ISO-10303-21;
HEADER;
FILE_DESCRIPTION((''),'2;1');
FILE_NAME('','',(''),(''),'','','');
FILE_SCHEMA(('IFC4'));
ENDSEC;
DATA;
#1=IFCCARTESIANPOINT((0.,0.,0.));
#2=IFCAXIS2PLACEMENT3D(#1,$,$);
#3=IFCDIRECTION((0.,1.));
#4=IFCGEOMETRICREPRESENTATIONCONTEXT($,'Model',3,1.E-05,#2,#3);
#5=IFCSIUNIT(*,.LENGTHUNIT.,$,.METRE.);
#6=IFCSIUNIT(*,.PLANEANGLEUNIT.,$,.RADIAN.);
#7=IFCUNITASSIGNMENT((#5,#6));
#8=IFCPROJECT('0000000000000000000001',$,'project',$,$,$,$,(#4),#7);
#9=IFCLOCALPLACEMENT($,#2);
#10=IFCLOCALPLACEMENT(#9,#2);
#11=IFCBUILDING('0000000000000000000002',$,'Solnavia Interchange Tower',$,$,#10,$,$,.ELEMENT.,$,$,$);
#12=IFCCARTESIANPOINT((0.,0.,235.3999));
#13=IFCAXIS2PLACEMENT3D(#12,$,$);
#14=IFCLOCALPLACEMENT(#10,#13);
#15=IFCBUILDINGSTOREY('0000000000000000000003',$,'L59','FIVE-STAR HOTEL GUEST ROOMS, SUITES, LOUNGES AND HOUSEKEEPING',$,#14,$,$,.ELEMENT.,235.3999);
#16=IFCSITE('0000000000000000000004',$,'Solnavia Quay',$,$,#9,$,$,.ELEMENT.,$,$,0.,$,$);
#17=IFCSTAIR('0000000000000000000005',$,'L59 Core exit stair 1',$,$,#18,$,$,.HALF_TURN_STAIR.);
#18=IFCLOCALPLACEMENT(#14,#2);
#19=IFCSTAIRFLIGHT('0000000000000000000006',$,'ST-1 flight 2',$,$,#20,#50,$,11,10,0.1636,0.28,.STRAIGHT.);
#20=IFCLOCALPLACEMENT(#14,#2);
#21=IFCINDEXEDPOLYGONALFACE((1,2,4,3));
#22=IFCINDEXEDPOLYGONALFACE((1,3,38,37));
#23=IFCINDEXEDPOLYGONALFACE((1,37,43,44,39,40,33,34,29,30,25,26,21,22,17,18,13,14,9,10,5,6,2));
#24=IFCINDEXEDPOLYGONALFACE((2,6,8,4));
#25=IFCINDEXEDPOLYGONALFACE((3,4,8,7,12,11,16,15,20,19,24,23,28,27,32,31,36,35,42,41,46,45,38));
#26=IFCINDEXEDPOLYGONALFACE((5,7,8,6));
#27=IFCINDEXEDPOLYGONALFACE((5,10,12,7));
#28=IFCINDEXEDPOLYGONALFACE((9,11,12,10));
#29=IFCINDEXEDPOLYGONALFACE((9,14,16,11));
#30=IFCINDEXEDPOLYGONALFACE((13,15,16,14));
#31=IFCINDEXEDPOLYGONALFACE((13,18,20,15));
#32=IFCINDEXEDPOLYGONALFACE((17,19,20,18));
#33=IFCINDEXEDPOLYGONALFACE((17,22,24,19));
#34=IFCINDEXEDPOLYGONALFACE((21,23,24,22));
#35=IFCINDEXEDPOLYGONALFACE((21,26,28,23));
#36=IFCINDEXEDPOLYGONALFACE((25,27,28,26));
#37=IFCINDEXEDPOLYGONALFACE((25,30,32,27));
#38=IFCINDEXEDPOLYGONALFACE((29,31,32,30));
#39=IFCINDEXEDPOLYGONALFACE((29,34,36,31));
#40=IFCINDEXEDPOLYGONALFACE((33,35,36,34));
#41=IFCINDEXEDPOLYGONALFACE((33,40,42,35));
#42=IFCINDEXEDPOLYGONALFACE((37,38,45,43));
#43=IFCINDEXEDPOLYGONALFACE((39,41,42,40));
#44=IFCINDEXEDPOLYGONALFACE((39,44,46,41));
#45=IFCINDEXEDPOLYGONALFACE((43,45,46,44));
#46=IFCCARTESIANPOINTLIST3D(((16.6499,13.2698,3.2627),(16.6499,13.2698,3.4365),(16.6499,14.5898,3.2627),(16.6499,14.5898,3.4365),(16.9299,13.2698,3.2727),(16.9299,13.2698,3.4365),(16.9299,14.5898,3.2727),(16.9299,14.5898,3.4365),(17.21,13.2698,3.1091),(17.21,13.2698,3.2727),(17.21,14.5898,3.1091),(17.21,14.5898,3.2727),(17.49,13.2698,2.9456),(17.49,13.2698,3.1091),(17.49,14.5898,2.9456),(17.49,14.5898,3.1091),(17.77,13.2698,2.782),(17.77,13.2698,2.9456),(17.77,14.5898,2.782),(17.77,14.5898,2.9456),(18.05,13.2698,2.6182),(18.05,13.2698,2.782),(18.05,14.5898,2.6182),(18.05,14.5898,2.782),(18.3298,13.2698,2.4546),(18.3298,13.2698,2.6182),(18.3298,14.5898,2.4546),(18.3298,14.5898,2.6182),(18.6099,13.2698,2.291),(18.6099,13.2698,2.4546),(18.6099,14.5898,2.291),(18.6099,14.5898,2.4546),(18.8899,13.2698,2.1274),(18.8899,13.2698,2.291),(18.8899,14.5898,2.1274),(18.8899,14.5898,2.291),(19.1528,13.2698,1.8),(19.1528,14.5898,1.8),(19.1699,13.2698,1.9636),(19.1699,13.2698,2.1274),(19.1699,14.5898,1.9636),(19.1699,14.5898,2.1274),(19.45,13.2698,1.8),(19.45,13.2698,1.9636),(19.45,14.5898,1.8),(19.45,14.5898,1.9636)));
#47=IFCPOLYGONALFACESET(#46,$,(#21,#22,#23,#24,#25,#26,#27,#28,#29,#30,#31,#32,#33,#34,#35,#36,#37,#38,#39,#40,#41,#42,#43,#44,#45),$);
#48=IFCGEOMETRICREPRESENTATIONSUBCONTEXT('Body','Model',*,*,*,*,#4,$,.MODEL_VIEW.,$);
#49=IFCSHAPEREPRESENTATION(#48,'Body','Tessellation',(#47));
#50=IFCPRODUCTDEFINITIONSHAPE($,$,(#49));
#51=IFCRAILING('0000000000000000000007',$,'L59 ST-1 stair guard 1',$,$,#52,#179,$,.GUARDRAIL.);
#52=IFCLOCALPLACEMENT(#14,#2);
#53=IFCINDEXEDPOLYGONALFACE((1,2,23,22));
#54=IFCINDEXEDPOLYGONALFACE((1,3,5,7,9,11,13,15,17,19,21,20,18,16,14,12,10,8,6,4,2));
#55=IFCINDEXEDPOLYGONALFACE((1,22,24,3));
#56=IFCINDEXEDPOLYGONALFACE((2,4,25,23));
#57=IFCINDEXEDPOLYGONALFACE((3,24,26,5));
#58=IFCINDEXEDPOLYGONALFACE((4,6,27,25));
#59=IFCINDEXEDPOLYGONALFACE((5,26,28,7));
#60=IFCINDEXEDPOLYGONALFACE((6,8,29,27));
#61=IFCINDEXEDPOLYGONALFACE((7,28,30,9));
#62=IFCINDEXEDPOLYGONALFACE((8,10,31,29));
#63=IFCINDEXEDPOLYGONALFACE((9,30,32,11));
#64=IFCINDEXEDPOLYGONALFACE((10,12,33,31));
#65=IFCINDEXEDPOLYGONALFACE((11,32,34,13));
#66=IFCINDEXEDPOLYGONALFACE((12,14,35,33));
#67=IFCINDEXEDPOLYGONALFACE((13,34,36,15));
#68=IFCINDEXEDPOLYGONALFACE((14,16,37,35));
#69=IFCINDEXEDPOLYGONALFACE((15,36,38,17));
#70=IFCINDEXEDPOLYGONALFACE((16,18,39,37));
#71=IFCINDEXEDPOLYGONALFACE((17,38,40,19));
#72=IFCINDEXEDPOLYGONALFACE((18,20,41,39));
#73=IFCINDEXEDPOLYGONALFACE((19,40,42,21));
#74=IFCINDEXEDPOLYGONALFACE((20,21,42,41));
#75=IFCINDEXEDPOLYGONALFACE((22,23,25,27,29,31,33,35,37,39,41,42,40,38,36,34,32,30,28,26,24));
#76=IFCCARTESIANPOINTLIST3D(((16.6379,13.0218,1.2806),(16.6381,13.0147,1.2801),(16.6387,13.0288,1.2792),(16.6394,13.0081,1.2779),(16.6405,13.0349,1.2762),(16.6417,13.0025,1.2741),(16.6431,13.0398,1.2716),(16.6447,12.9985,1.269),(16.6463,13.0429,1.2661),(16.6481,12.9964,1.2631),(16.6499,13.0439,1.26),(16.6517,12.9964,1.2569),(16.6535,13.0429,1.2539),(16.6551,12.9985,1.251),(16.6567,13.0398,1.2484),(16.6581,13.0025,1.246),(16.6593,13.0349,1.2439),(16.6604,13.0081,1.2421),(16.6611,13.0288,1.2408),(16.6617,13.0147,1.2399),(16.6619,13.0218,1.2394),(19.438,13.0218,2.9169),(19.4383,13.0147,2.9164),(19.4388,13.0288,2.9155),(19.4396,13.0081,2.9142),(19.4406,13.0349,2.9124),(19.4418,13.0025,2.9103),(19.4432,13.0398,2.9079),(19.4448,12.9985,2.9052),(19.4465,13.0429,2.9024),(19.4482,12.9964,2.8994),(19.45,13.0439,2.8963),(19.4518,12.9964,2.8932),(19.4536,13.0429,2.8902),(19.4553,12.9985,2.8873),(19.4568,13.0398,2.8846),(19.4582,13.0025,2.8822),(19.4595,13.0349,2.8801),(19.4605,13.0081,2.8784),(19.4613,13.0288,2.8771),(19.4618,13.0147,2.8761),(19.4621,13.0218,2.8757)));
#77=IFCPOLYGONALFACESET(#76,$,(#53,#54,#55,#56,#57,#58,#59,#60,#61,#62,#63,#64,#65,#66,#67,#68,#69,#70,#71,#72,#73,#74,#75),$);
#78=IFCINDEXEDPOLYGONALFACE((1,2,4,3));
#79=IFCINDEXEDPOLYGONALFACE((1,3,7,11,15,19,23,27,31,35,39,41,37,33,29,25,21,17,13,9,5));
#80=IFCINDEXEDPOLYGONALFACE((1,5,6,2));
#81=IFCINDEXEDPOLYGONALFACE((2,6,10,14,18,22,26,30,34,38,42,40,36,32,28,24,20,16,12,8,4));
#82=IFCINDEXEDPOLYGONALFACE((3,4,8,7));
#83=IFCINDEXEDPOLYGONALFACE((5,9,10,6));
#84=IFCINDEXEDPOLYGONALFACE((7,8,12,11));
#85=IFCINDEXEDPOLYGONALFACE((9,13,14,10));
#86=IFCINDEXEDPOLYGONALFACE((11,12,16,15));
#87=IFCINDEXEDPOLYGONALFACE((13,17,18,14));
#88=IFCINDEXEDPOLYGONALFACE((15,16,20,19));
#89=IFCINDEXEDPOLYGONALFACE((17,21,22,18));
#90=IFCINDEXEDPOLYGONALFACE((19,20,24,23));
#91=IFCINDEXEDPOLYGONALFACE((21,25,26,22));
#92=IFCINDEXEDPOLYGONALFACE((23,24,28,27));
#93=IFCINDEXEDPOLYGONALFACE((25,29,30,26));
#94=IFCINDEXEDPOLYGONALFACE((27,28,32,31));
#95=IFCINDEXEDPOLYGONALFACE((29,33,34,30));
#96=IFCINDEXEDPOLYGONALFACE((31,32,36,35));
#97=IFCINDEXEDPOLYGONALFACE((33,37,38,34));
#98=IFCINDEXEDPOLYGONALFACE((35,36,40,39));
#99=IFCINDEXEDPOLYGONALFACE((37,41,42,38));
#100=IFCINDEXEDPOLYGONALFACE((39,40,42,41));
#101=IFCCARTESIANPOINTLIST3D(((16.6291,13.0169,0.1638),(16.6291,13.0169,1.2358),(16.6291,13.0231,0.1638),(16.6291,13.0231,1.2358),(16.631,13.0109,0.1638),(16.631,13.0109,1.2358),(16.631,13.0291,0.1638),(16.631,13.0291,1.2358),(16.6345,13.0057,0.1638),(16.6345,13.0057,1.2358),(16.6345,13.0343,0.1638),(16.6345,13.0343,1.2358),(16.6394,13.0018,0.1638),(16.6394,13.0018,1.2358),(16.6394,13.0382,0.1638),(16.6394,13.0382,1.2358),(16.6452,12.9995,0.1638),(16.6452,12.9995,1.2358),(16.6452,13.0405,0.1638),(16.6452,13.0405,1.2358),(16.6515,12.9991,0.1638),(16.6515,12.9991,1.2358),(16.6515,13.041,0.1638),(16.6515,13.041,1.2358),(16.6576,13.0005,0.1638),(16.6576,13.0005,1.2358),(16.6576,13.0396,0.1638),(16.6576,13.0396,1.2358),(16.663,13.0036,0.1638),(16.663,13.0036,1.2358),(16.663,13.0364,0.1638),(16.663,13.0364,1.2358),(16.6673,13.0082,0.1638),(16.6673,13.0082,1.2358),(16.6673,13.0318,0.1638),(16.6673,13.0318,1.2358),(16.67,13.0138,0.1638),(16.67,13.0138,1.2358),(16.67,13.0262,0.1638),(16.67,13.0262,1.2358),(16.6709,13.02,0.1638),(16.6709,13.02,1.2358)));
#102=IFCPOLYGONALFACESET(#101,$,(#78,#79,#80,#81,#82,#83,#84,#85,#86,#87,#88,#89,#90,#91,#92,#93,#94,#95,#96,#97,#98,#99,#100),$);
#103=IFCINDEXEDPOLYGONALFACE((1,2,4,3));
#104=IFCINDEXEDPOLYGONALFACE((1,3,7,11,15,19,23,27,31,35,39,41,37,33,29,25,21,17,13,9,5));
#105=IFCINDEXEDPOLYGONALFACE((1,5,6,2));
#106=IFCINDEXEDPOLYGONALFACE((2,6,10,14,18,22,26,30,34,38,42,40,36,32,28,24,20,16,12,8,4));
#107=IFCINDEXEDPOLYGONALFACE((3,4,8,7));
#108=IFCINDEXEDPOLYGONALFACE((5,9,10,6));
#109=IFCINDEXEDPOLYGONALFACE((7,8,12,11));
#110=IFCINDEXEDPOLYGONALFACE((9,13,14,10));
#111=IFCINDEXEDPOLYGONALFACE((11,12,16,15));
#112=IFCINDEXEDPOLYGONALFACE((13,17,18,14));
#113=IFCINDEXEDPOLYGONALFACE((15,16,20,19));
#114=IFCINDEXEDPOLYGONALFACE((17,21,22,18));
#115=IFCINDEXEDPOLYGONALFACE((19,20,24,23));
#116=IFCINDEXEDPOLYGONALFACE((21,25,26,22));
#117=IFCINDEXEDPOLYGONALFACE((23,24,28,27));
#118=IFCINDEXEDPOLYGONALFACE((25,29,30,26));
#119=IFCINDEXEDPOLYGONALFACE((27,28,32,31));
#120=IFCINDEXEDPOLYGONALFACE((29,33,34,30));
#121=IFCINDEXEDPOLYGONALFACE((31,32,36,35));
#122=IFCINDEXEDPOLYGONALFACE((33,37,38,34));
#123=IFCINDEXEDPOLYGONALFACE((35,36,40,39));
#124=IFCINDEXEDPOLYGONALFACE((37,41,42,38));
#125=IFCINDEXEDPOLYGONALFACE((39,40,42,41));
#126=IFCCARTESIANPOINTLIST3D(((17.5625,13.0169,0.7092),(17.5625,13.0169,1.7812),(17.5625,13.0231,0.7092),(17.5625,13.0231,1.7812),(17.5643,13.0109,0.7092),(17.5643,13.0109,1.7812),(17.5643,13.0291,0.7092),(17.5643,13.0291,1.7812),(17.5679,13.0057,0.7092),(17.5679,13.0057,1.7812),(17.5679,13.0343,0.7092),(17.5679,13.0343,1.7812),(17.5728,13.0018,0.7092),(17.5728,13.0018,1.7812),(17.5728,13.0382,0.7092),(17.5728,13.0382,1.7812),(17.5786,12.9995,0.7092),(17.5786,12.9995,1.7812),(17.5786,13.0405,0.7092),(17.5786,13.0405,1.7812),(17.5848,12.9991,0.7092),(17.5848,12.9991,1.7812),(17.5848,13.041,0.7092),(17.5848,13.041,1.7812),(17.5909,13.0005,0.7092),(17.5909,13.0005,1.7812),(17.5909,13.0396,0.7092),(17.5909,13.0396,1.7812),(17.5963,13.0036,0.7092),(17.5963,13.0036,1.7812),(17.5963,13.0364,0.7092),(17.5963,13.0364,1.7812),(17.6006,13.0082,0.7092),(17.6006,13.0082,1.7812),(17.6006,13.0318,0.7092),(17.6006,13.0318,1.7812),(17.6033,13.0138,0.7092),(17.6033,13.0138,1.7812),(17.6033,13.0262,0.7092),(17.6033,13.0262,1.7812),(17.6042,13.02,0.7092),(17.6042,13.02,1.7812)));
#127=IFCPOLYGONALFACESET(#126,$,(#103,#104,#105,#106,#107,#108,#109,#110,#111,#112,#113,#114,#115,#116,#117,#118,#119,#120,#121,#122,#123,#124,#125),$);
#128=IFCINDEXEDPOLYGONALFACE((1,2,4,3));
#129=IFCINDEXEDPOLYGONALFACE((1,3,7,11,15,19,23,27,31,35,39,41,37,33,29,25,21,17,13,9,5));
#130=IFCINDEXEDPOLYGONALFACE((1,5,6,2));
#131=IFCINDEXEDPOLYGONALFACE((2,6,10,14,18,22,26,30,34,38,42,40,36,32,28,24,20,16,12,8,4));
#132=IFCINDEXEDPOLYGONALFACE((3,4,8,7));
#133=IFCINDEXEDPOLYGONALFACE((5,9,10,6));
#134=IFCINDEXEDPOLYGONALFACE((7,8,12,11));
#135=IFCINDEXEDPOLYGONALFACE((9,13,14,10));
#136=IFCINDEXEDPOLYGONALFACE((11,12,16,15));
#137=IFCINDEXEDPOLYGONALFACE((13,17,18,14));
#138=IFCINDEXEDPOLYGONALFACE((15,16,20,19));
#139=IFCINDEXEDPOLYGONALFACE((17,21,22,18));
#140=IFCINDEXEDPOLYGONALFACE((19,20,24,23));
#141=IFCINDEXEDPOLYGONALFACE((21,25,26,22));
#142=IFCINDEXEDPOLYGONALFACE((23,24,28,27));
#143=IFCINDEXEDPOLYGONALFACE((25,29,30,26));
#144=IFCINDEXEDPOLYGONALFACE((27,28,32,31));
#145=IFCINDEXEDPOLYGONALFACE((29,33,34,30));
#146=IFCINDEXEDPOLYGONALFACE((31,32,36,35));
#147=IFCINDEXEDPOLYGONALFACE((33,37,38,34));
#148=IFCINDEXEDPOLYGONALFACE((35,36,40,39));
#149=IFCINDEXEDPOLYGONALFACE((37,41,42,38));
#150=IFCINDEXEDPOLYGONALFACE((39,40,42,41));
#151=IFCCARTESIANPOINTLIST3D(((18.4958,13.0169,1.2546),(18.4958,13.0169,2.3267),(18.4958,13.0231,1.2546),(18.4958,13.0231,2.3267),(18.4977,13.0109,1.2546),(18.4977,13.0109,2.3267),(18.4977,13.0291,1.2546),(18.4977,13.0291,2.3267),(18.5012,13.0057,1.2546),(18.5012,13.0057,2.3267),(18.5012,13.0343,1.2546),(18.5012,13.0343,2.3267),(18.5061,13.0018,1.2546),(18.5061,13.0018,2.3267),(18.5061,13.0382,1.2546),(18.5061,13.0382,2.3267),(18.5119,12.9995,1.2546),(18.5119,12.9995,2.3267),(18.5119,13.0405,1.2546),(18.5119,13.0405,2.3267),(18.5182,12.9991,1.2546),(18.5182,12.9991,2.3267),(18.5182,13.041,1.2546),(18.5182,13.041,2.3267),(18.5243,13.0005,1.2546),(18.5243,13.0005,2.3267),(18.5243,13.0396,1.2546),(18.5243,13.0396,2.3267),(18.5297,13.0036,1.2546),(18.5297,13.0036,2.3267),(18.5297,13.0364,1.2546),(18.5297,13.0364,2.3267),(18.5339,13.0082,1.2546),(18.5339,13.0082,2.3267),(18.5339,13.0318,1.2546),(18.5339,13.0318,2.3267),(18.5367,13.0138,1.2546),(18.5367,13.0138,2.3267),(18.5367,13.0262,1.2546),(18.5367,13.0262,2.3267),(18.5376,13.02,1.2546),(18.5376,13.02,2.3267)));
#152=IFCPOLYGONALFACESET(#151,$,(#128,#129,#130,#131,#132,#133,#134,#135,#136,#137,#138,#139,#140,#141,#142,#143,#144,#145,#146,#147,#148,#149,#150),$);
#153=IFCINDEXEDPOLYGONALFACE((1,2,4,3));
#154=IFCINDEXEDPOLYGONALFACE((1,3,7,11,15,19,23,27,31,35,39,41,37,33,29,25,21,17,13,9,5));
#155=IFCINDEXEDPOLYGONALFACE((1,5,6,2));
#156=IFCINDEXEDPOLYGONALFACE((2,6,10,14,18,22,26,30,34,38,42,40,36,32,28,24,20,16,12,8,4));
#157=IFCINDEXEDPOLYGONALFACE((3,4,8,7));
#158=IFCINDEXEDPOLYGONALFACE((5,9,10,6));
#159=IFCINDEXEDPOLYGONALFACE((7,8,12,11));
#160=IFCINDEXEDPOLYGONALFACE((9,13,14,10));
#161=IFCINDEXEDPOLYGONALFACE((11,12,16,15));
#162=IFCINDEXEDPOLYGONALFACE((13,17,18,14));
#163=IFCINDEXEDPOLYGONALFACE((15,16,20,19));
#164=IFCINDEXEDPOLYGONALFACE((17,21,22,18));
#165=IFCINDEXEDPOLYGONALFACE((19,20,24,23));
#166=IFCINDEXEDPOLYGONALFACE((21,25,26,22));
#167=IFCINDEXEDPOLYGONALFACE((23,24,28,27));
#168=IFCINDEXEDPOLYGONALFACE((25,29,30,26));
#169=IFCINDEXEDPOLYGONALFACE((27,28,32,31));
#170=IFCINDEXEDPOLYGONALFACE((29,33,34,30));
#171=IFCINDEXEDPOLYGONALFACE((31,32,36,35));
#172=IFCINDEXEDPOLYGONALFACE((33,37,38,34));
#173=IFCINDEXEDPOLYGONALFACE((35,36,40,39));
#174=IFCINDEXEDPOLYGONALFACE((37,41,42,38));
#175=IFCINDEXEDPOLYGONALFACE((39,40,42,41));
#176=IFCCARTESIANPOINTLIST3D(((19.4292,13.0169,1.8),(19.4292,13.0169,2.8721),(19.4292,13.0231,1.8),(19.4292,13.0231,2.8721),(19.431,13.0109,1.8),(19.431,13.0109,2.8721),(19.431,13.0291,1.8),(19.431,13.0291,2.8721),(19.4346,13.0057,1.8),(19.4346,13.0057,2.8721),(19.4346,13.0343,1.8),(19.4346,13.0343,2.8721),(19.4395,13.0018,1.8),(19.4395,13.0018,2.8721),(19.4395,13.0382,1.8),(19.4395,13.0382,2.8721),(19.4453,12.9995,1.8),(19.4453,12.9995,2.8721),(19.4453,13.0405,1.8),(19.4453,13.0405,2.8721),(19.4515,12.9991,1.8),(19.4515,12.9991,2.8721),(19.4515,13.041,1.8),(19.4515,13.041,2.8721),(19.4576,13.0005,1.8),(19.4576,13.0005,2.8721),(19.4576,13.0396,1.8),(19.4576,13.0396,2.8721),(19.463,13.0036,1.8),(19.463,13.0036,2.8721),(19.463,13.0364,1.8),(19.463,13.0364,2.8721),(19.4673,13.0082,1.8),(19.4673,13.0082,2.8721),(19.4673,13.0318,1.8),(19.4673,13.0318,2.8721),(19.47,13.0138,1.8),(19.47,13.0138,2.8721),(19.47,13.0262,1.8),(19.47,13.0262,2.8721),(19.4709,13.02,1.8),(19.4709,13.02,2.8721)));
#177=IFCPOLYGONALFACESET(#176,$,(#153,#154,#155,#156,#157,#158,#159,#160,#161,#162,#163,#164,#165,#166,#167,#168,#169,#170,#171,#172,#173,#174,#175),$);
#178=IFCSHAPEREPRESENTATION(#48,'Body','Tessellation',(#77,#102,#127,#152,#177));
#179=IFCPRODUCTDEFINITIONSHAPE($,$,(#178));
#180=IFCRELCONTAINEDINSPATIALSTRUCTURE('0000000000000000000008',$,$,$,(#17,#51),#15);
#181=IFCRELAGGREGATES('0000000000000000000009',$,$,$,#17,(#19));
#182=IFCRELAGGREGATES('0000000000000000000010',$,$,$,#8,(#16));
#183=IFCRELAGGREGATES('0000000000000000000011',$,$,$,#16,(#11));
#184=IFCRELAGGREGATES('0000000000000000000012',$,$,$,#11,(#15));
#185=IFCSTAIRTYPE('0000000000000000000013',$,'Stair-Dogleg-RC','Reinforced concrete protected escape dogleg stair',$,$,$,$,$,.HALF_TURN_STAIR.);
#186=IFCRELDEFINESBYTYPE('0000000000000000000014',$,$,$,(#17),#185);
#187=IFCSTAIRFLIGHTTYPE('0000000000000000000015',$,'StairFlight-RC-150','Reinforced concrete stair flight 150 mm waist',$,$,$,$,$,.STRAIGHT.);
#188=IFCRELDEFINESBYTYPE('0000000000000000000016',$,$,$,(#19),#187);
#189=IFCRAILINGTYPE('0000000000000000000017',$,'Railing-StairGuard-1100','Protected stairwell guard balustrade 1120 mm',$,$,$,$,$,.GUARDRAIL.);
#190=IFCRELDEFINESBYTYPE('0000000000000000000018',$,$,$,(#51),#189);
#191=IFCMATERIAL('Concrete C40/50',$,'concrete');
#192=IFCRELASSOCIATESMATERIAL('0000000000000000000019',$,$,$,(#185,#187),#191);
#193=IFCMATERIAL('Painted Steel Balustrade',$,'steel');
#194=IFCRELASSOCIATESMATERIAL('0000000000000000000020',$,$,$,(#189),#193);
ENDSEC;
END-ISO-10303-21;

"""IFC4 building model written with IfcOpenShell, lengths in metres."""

from ifc_helpers import new_model, si_unit, direction, frame, origin, origin_2d, place, context, subcontext, project, spatial, polyline, circle, outline, extrude, material, type_object, element, aggregate, save


model = new_model("IFC4")

# Units and contexts
model_context = context("Model", 3, precision=1e-05, world=origin(), true_north=direction((0.0, 1.0)))
body_context = subcontext(model_context, "Body", "Model", "MODEL_VIEW")
ifc_project = project(units=[si_unit("LENGTHUNIT", "METRE"), si_unit("PLANEANGLEUNIT", "RADIAN")], contexts=[model_context])

# Site, building, storey
site_placement = place(None, origin())
site = spatial("IfcSite", under=ifc_project, at=site_placement, Name="Solnavia Quay", CompositionType="ELEMENT", RefElevation=0.0)
building_placement = place(site_placement, origin())
building = spatial("IfcBuilding", under=site, at=building_placement, Name="Solnavia Interchange Tower", CompositionType="ELEMENT")
storey_placement = place(building_placement, frame((0.0, 0.0, 235.3999)))
storey = spatial("IfcBuildingStorey", under=building, at=storey_placement, Name="L59", Description="FIVE-STAR HOTEL GUEST ROOMS, SUITES, LOUNGES AND HOUSEKEEPING", CompositionType="ELEMENT", Elevation=235.3999)

# Shared definitions
ifc_material_1 = material(Name="Concrete C40/50", Category="concrete")

# Stair, stair flight
stair_type = type_object("IfcStairType", Name="Stair-Dogleg-RC", Description="Reinforced concrete protected escape dogleg stair", PredefinedType="HALF_TURN_STAIR", material=ifc_material_1)
stair_placement = place(storey_placement, origin())
stair = element("IfcStair", 1, at=stair_placement, inside=storey, type_object=stair_type, Name="L59 Core exit stair 1", PredefinedType="HALF_TURN_STAIR")
stair_flight_type = type_object("IfcStairFlightType", Name="StairFlight-RC-150", Description="Reinforced concrete stair flight 150 mm waist", PredefinedType="STRAIGHT", material=ifc_material_1)
stair_flight_1_placement = place(storey_placement, frame((19.45, 13.9299, 1.8), z_axis=(0.0, 0.0, 1.0), x_axis=(-1.0, 0.0, 0.0)))
stair_flight_1 = element("IfcStairFlight", 2, at=stair_flight_1_placement, type_object=stair_flight_type, Name="ST-1 flight 2", NumberOfRisers=11, NumberOfTreads=10, PredefinedType="STRAIGHT", RiserHeight=0.1636, TreadLength=0.28, context=body_context, shape_type="SweptSolid", body=[
    extrude(outline(polyline([(0.0, 0.0), (0.0, 0.1636), (0.28, 0.1636), (0.28, 0.3274), (0.5601, 0.3274), (0.5601, 0.491), (0.8401, 0.491), (0.8401, 0.6545), (1.1201, 0.6545), (1.1201, 0.8181), (1.3999, 0.8181), (1.3999, 0.9819), (1.6799, 0.9819), (1.6799, 1.1455), (1.96, 1.1455), (1.96, 1.3091), (2.24, 1.3091), (2.24, 1.4727), (2.52, 1.4727), (2.52, 1.6365), (2.8, 1.6365), (2.8, 1.8), (2.8, 1.4626), (0.2971, 0.0), (0.0, 0.0)])), frame((0.0, 0.6602, 0.0), z_axis=(0.0, -1.0, 0.0), x_axis=(1.0, 0.0, 0.0)), (0.0, 0.0, 1.0), 1.3201),
])
aggregate(stair, [stair_flight_1])

# Railing
ifc_material_2 = material(Name="Painted Steel Balustrade", Category="steel")
railing_type_1 = type_object("IfcRailingType", Name="Railing-StairGuard-1100", Description="Protected stairwell guard balustrade 1120 mm", PredefinedType="GUARDRAIL", material=ifc_material_2)
railing_1_placement = place(storey_placement, frame((16.6499, 13.02, 0.1638)))
element("IfcRailing", 3, at=railing_1_placement, inside=storey, type_object=railing_type_1, Name="L59 ST-1 stair guard 1", PredefinedType="GUARDRAIL", context=body_context, shape_type="SweptSolid", body=[
    extrude(circle(Radius=0.0239, at=origin_2d()), frame((0.0, 0.0, 1.0962), z_axis=(0.863394, 0.0, 0.504531), x_axis=(0.0, 1.0, 0.0)), (0.0, 0.0, 1.0), 3.2432),
    extrude(circle(Radius=0.021, at=origin_2d()), origin(), (0.0, 0.0, 1.0), 1.072),
    extrude(circle(Radius=0.021, at=origin_2d()), frame((0.9333, 0.0, 0.5454)), (0.0, 0.0, 1.0), 1.072),
    extrude(circle(Radius=0.021, at=origin_2d()), frame((1.8667, 0.0, 1.0908)), (0.0, 0.0, 1.0), 1.072),
    extrude(circle(Radius=0.021, at=origin_2d()), frame((2.8, 0.0, 1.6362)), (0.0, 0.0, 1.0), 1.072),
])

save(model, "model.ifc")
